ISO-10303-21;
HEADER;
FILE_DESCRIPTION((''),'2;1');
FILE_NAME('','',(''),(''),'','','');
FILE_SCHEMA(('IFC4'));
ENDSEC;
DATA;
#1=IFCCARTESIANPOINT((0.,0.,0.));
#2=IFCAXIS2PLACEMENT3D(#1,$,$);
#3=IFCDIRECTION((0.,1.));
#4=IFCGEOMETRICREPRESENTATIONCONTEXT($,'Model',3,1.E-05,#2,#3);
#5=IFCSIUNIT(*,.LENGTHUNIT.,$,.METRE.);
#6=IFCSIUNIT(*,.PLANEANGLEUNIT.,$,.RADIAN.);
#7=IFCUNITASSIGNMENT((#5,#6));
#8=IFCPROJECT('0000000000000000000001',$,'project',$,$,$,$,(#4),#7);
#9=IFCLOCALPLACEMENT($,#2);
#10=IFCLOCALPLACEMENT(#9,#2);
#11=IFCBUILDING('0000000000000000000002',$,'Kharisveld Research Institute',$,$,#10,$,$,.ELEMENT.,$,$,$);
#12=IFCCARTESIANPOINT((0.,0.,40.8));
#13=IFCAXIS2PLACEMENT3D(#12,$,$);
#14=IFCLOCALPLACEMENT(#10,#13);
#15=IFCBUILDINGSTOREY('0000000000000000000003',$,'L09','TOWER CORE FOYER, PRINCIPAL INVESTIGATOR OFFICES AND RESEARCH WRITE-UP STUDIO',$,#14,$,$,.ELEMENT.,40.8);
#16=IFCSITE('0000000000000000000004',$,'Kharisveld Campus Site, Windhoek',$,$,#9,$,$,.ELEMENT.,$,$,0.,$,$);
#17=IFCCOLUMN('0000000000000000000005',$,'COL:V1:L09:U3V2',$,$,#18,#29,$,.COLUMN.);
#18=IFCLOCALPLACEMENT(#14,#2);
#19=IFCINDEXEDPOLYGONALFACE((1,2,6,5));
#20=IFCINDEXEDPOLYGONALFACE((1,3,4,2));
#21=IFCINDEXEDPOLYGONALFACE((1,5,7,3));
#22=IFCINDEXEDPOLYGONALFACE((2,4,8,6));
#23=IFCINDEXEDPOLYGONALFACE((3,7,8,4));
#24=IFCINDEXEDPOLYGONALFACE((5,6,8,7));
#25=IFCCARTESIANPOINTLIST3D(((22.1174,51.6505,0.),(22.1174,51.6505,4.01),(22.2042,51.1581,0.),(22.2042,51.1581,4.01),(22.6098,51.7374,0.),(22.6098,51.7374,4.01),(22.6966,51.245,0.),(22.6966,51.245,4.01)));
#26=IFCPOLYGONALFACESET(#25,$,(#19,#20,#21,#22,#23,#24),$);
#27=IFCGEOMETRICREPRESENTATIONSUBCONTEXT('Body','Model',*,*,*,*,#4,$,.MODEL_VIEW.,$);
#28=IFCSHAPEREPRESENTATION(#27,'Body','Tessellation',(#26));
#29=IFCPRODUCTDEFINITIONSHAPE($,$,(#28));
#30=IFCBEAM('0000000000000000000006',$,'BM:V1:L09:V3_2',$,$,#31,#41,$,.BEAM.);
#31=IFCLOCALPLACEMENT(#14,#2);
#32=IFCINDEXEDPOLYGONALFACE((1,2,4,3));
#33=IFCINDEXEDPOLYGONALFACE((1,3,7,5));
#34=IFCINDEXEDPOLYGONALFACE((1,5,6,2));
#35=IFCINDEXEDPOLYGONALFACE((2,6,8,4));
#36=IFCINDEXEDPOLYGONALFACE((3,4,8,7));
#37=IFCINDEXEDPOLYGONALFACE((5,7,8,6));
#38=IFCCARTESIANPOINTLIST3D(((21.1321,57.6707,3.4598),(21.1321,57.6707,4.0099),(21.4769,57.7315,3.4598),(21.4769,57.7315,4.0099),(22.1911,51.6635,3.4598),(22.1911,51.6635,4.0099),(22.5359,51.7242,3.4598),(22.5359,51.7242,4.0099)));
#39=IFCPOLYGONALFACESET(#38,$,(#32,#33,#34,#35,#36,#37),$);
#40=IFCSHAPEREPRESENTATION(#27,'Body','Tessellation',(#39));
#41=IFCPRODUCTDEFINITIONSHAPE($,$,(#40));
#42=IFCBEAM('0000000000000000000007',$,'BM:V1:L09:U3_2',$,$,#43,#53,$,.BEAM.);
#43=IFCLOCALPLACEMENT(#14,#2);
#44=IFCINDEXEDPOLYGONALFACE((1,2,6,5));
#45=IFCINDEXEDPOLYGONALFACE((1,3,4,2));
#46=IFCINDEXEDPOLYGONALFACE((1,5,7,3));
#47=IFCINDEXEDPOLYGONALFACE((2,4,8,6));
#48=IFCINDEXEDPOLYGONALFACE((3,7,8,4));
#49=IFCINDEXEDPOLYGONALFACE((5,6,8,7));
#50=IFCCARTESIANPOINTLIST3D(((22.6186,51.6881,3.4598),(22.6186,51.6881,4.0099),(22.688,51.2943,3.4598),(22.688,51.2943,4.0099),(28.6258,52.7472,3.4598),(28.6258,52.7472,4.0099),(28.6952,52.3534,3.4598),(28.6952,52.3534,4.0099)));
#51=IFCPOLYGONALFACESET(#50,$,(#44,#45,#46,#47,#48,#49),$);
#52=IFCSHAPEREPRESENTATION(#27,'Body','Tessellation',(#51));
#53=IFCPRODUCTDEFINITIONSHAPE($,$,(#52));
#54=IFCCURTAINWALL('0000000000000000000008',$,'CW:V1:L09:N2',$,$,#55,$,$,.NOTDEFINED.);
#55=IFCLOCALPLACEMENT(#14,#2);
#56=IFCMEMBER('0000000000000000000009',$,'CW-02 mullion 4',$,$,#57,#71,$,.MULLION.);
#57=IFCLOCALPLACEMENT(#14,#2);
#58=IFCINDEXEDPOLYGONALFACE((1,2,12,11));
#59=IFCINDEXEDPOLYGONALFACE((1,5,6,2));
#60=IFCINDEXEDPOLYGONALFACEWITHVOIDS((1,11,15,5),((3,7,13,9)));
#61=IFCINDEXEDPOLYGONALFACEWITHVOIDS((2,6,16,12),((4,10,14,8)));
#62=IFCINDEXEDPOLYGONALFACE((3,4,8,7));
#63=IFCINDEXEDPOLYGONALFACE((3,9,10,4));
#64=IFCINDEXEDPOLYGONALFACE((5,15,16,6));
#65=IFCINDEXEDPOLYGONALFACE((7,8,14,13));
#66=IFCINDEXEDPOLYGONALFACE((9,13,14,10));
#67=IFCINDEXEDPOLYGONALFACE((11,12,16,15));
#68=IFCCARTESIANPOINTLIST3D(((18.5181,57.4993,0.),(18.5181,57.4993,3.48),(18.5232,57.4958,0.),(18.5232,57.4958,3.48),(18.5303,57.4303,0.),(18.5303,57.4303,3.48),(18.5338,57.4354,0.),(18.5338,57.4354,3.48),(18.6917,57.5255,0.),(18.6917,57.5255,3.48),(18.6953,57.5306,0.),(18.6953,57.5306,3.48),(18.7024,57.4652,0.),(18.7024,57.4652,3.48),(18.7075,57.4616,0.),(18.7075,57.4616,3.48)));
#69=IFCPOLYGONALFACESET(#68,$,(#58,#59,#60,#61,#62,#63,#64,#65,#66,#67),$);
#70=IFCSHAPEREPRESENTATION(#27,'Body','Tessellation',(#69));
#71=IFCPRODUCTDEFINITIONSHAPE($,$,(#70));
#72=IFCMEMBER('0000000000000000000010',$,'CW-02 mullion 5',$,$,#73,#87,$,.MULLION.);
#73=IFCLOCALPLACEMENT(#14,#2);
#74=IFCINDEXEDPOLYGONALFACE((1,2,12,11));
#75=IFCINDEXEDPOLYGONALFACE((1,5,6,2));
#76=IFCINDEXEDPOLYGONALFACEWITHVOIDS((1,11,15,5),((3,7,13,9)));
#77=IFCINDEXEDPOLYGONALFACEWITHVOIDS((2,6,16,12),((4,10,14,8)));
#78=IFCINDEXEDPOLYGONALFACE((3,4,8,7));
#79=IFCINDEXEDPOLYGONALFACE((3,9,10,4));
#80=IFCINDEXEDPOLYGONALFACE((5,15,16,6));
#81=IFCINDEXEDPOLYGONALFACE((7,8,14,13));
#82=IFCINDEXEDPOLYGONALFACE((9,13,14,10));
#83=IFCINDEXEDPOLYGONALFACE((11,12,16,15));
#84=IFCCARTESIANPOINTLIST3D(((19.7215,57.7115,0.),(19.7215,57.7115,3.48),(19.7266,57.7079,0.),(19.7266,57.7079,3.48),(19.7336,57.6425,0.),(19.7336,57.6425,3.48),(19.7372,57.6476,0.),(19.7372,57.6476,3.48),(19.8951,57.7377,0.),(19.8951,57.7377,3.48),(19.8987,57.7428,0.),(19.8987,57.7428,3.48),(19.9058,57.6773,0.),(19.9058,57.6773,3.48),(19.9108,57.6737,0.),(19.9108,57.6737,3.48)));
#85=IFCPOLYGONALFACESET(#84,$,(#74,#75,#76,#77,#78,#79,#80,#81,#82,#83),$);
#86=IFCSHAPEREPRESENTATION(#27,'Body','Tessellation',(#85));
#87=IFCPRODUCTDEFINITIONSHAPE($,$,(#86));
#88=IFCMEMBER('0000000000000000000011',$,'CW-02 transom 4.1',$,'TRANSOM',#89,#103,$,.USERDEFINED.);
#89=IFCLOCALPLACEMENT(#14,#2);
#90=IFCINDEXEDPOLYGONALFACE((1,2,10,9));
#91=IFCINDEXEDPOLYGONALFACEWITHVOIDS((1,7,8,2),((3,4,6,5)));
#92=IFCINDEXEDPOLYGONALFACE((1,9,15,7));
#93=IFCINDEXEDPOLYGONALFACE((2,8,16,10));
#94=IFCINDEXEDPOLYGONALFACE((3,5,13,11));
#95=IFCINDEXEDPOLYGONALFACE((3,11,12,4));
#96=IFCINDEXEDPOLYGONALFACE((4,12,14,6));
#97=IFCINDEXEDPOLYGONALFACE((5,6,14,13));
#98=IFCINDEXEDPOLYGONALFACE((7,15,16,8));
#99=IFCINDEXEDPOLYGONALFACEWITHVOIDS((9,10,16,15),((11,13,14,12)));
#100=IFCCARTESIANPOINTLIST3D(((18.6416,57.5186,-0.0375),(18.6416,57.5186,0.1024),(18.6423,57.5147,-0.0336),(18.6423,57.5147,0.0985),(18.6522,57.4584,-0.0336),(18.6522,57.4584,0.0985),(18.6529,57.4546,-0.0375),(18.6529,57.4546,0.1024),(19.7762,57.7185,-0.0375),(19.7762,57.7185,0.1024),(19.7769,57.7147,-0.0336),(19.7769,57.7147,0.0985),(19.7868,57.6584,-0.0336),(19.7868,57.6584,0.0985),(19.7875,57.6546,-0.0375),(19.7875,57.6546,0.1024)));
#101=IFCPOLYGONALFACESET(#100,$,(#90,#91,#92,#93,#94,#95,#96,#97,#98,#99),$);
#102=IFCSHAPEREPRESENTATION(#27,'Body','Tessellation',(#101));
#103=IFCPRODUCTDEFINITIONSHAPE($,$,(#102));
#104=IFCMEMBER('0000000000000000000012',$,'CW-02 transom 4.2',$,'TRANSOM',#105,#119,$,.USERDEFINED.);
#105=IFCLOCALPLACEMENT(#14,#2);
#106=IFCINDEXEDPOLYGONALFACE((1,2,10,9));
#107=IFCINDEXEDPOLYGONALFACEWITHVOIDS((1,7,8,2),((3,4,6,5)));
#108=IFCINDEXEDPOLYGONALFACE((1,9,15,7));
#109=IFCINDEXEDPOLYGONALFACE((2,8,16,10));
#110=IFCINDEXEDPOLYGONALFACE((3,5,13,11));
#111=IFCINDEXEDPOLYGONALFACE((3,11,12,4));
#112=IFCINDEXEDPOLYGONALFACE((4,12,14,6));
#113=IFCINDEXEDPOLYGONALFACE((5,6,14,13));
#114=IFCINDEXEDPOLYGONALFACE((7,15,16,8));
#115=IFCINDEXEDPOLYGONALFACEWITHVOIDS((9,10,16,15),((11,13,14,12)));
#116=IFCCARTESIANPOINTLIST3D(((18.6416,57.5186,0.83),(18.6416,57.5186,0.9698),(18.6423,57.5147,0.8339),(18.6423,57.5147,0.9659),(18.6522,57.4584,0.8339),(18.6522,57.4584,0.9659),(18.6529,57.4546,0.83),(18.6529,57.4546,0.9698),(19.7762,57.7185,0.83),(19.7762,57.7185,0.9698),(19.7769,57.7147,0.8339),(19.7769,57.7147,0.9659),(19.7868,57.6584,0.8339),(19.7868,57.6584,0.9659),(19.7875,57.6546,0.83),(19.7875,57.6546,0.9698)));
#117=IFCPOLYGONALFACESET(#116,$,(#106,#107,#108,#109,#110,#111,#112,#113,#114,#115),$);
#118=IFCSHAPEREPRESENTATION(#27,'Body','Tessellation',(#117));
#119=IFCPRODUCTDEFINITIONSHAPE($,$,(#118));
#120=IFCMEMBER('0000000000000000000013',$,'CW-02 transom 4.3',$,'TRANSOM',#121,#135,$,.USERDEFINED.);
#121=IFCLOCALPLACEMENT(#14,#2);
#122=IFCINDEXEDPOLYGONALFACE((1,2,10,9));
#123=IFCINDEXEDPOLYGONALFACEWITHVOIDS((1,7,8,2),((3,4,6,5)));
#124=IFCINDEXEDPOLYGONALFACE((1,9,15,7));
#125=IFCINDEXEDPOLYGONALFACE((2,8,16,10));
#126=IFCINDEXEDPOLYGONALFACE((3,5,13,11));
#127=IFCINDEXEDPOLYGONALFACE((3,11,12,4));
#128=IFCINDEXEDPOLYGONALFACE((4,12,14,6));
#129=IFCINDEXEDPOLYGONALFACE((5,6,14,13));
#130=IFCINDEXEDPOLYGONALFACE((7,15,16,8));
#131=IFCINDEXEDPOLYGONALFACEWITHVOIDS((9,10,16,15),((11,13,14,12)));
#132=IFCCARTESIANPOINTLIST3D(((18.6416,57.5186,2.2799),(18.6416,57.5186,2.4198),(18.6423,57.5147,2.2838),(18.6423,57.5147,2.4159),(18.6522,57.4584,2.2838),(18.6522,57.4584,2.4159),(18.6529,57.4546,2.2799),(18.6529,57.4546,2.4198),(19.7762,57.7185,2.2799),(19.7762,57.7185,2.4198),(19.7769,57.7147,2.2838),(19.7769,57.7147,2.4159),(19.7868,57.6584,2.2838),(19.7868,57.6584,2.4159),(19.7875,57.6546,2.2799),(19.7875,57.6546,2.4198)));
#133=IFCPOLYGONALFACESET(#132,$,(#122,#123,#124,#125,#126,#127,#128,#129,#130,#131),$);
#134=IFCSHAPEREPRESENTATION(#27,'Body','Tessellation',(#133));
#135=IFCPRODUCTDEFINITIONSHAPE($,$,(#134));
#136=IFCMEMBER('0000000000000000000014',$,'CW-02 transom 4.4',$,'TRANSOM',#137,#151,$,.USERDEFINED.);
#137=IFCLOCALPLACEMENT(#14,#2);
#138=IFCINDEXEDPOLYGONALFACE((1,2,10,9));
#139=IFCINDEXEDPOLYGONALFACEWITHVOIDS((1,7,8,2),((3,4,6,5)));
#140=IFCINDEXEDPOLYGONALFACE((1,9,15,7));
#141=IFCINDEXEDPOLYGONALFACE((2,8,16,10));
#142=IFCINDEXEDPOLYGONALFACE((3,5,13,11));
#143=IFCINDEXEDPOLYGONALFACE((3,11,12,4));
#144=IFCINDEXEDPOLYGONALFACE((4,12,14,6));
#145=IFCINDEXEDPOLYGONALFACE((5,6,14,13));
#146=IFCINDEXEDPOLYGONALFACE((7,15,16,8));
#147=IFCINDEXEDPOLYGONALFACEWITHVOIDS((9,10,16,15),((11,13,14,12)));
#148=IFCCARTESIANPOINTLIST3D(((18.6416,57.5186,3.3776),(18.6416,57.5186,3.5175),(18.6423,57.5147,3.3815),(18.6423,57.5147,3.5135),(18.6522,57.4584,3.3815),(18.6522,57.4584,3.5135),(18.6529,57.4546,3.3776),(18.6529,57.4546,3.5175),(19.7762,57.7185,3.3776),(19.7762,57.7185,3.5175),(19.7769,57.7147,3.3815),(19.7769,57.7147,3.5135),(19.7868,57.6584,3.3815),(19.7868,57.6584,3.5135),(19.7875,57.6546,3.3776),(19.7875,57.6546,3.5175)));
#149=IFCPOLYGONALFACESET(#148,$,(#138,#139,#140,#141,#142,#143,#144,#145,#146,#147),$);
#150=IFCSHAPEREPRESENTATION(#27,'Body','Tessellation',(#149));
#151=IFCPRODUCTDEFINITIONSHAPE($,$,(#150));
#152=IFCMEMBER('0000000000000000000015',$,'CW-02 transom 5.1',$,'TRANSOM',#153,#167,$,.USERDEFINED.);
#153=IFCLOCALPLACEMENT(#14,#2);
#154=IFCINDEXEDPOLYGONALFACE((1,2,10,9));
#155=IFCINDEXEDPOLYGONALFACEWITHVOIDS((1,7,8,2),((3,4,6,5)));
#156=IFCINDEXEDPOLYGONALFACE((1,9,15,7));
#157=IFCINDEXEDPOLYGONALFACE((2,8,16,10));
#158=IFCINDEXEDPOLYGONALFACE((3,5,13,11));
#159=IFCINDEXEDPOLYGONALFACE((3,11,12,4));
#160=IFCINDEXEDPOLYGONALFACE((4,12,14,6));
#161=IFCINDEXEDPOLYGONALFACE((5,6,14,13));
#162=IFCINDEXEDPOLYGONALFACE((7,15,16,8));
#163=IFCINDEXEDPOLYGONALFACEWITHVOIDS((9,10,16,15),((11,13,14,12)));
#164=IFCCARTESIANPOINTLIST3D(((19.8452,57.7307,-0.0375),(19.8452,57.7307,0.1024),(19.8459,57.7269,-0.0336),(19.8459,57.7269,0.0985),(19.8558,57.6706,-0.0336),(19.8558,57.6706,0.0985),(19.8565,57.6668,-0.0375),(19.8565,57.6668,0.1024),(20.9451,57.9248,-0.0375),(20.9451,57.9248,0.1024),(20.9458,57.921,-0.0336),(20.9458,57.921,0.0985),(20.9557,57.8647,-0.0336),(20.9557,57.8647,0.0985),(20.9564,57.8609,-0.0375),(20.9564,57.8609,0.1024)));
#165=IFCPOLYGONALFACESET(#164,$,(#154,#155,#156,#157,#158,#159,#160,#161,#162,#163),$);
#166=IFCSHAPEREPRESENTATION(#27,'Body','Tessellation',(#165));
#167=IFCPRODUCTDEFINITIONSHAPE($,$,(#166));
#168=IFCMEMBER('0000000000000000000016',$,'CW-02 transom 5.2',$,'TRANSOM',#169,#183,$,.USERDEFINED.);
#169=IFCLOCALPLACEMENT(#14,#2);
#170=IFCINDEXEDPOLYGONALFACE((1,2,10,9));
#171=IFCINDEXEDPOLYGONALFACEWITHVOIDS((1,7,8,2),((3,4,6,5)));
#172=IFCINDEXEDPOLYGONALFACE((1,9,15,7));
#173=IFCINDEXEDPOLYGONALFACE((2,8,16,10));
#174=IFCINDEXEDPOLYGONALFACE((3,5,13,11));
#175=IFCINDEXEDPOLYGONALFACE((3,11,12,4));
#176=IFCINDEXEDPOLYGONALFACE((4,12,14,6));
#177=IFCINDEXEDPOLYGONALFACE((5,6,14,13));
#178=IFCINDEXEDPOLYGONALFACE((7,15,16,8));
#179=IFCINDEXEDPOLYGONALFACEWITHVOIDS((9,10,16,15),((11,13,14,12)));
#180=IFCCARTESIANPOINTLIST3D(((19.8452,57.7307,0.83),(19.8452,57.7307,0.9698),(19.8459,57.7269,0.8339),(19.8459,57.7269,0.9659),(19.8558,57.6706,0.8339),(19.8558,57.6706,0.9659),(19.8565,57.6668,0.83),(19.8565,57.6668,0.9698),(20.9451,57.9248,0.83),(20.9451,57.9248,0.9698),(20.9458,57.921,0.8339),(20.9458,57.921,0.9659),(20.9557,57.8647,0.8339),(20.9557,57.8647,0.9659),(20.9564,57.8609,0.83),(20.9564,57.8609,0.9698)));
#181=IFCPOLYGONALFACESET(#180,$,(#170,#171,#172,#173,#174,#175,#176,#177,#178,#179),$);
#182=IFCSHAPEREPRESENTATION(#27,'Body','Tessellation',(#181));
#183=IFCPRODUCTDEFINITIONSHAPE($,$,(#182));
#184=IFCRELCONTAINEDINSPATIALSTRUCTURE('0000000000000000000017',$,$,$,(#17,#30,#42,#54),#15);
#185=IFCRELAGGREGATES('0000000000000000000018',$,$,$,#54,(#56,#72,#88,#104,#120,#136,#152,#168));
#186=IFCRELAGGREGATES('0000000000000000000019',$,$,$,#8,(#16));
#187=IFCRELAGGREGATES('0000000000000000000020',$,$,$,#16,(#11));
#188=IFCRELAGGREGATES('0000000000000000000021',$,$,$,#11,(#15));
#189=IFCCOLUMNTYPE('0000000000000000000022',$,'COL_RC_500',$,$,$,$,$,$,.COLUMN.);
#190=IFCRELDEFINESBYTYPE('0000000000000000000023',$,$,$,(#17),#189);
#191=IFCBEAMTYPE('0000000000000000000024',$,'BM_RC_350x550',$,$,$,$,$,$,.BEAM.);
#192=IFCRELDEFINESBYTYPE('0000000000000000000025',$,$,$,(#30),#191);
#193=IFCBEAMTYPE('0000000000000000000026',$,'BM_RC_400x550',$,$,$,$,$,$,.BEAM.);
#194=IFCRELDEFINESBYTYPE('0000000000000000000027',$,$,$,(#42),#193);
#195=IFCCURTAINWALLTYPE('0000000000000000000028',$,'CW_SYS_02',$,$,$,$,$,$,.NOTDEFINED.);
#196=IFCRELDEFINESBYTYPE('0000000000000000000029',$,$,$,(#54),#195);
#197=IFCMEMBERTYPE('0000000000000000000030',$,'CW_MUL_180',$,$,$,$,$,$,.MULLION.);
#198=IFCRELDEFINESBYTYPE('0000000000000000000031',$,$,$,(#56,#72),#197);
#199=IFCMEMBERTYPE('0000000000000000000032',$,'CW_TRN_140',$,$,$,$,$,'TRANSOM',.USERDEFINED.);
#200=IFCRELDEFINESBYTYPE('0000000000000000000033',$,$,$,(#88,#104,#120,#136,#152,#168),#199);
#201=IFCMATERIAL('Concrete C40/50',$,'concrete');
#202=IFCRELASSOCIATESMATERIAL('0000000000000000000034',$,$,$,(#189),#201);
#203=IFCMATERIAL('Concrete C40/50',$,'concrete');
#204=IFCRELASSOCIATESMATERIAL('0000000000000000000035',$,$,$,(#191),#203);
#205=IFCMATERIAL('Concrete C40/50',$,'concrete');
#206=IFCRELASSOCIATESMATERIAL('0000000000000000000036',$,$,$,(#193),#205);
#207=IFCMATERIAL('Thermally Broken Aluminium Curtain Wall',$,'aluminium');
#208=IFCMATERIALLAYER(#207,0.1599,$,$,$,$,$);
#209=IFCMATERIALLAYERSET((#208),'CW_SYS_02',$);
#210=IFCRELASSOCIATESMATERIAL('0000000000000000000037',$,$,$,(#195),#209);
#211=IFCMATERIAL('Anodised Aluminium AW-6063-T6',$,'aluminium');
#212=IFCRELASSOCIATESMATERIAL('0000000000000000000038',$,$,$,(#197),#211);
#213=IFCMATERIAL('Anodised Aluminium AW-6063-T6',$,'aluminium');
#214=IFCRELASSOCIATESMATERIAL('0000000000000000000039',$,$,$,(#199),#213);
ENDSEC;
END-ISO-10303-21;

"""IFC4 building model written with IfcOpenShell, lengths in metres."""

from ifc_helpers import new_model, si_unit, direction, frame, origin, origin_2d, place, context, subcontext, project, spatial, rectangle, hollow_rectangle, extrude, material, layer, layer_set, material_profile, profile_set, type_object, element, aggregate, save


model = new_model("IFC4")

# Units and contexts
model_context = context("Model", 3, precision=1e-05, world=origin(), true_north=direction((0.0, 1.0)))
body_context = subcontext(model_context, "Body", "Model", "MODEL_VIEW")
ifc_project = project(units=[si_unit("LENGTHUNIT", "METRE"), si_unit("PLANEANGLEUNIT", "RADIAN")], contexts=[model_context])

# Site, building, storey
site_placement = place(None, origin())
site = spatial("IfcSite", under=ifc_project, at=site_placement, Name="Kharisveld Campus Site, Windhoek", CompositionType="ELEMENT", RefElevation=0.0)
building_placement = place(site_placement, origin())
building = spatial("IfcBuilding", under=site, at=building_placement, Name="Kharisveld Research Institute", CompositionType="ELEMENT")
storey_placement = place(building_placement, frame((0.0, 0.0, 40.8)))
storey = spatial("IfcBuildingStorey", under=building, at=storey_placement, Name="L09", Description="TOWER CORE FOYER, PRINCIPAL INVESTIGATOR OFFICES AND RESEARCH WRITE-UP STUDIO", CompositionType="ELEMENT", Elevation=40.8)

# Column
ifc_material_1 = material(Name="Concrete C40/50", Category="concrete")
ifc_material_profile_1 = material_profile(ifc_material_1, rectangle(XDim=0.5, YDim=0.5, at=origin_2d()))
ifc_profile_set_1 = profile_set([ifc_material_profile_1], Name="Concrete C40/50")
column_type = type_object("IfcColumnType", Name="COL_RC_500", PredefinedType="COLUMN", material=ifc_profile_set_1)
column_placement = place(storey_placement, frame((22.407, 51.4478, 0.0), z_axis=(0.0, 0.0, 1.0), x_axis=(0.984808, 0.173648, 0.0)))
element("IfcColumn", 1, at=column_placement, inside=storey, type_object=column_type, Name="COL:V1:L09:U3V2", PredefinedType="COLUMN", context=body_context, shape_type="SweptSolid", body=[
    extrude(rectangle(XDim=0.5, YDim=0.5, at=origin_2d()), origin(), (0.0, 0.0, 1.0), 4.01),
])

# Beams
ifc_material_2 = material(Name="Concrete C40/50", Category="concrete")
ifc_material_profile_2 = material_profile(ifc_material_2, rectangle(XDim=0.3501, YDim=0.55, at=origin_2d()))
ifc_profile_set_2 = profile_set([ifc_material_profile_2], Name="Concrete C40/50")
beam_type_1 = type_object("IfcBeamType", Name="BM_RC_350x550", PredefinedType="BEAM", material=ifc_profile_set_2)
beam_1_placement = place(storey_placement, frame((22.3635, 51.6938, 3.7349), z_axis=(-0.173621, 0.984813, 0.0), x_axis=(-0.984813, -0.173621, 0.0)))
element("IfcBeam", 2, at=beam_1_placement, inside=storey, type_object=beam_type_1, Name="BM:V1:L09:V3_2", PredefinedType="BEAM", context=body_context, shape_type="SweptSolid", body=[
    extrude(rectangle(XDim=0.3501, YDim=0.55, at=origin_2d()), origin(), (0.0, 0.0, 1.0), 6.0999),
])
ifc_material_3 = material(Name="Concrete C40/50", Category="concrete")
ifc_material_profile_3 = material_profile(ifc_material_3, rectangle(XDim=0.3999, YDim=0.55, at=origin_2d()))
ifc_profile_set_3 = profile_set([ifc_material_profile_3], Name="Concrete C40/50")
beam_type_2 = type_object("IfcBeamType", Name="BM_RC_400x550", PredefinedType="BEAM", material=ifc_profile_set_3)
beam_2_placement = place(storey_placement, frame((22.6533, 51.4912, 3.7349), z_axis=(0.984813, 0.173621, 0.0), x_axis=(-0.173621, 0.984813, 0.0)))
element("IfcBeam", 3, at=beam_2_placement, inside=storey, type_object=beam_type_2, Name="BM:V1:L09:U3_2", PredefinedType="BEAM", context=body_context, shape_type="SweptSolid", body=[
    extrude(rectangle(XDim=0.3999, YDim=0.55, at=origin_2d()), origin(), (0.0, 0.0, 1.0), 6.0999),
])

# Curtain wall, members
ifc_material_4 = material(Name="Thermally Broken Aluminium Curtain Wall", Category="aluminium")
ifc_layer_1 = layer(ifc_material_4, 0.1599)
ifc_layer_set_1 = layer_set([ifc_layer_1], Name="CW_SYS_02")
curtain_wall_type = type_object("IfcCurtainWallType", Name="CW_SYS_02", PredefinedType="NOTDEFINED", material=ifc_layer_set_1)
curtain_wall_placement = place(storey_placement, origin())
curtain_wall = element("IfcCurtainWall", 4, at=curtain_wall_placement, inside=storey, type_object=curtain_wall_type, Name="CW:V1:L09:N2", PredefinedType="NOTDEFINED")
ifc_material_5 = material(Name="Anodised Aluminium AW-6063-T6", Category="aluminium")
ifc_material_profile_4 = material_profile(ifc_material_5, hollow_rectangle(XDim=0.0701, YDim=0.1799, WallThickness=0.0044, at=origin_2d()))
ifc_profile_set_4 = profile_set([ifc_material_profile_4], Name="Anodised Aluminium AW-6063-T6")
member_type_1 = type_object("IfcMemberType", Name="CW_MUL_180", PredefinedType="MULLION", material=ifc_profile_set_4)
member_1_placement = place(storey_placement, frame((18.6128, 57.4805, 0.0), z_axis=(0.0, 0.0, 1.0), x_axis=(-0.173648, 0.984808, 0.0)))
member_1 = element("IfcMember", 5, at=member_1_placement, type_object=member_type_1, Name="CW-02 mullion 4", PredefinedType="MULLION", context=body_context, shape_type="SweptSolid", body=[
    extrude(hollow_rectangle(XDim=0.0701, YDim=0.1799, WallThickness=0.0044, at=origin_2d()), origin(), (0.0, 0.0, 1.0), 3.48),
])
member_2_placement = place(storey_placement, frame((19.8162, 57.6926, 0.0), z_axis=(0.0, 0.0, 1.0), x_axis=(-0.173648, 0.984808, 0.0)))
member_2 = element("IfcMember", 6, at=member_2_placement, type_object=member_type_1, Name="CW-02 mullion 5", PredefinedType="MULLION", context=body_context, shape_type="SweptSolid", body=[
    extrude(hollow_rectangle(XDim=0.0701, YDim=0.1799, WallThickness=0.0044, at=origin_2d()), origin(), (0.0, 0.0, 1.0), 3.48),
])
ifc_material_6 = material(Name="Anodised Aluminium AW-6063-T6", Category="aluminium")
ifc_material_profile_5 = material_profile(ifc_material_6, hollow_rectangle(XDim=0.0649, YDim=0.1399, WallThickness=0.0039, at=origin_2d()))
ifc_profile_set_5 = profile_set([ifc_material_profile_5], Name="Anodised Aluminium AW-6063-T6")
member_type_2 = type_object("IfcMemberType", Name="CW_TRN_140", ElementType="TRANSOM", PredefinedType="USERDEFINED", material=ifc_profile_set_5)
member_3_placement = place(storey_placement, frame((18.6472, 57.4866, 0.0325), z_axis=(0.984822, 0.173568, 0.0), x_axis=(-0.173568, 0.984822, 0.0)))
member_3 = element("IfcMember", 7, at=member_3_placement, type_object=member_type_2, Name="CW-02 transom 4.1", ObjectType="TRANSOM", PredefinedType="USERDEFINED", context=body_context, shape_type="SweptSolid", body=[
    extrude(hollow_rectangle(XDim=0.0649, YDim=0.1399, WallThickness=0.0039, at=origin_2d()), origin(), (0.0, 0.0, 1.0), 1.1521),
])
member_4_placement = place(storey_placement, frame((18.6472, 57.4866, 0.8999), z_axis=(0.984822, 0.173568, 0.0), x_axis=(-0.173568, 0.984822, 0.0)))
member_4 = element("IfcMember", 8, at=member_4_placement, type_object=member_type_2, Name="CW-02 transom 4.2", ObjectType="TRANSOM", PredefinedType="USERDEFINED", context=body_context, shape_type="SweptSolid", body=[
    extrude(hollow_rectangle(XDim=0.0649, YDim=0.1399, WallThickness=0.0039, at=origin_2d()), origin(), (0.0, 0.0, 1.0), 1.1521),
])
member_5_placement = place(storey_placement, frame((18.6472, 57.4866, 2.3499), z_axis=(0.984822, 0.173568, 0.0), x_axis=(-0.173568, 0.984822, 0.0)))
member_5 = element("IfcMember", 9, at=member_5_placement, type_object=member_type_2, Name="CW-02 transom 4.3", ObjectType="TRANSOM", PredefinedType="USERDEFINED", context=body_context, shape_type="SweptSolid", body=[
    extrude(hollow_rectangle(XDim=0.0649, YDim=0.1399, WallThickness=0.0039, at=origin_2d()), origin(), (0.0, 0.0, 1.0), 1.1521),
])
member_6_placement = place(storey_placement, frame((18.6472, 57.4866, 3.4475), z_axis=(0.984822, 0.173568, 0.0), x_axis=(-0.173568, 0.984822, 0.0)))
member_6 = element("IfcMember", 10, at=member_6_placement, type_object=member_type_2, Name="CW-02 transom 4.4", ObjectType="TRANSOM", PredefinedType="USERDEFINED", context=body_context, shape_type="SweptSolid", body=[
    extrude(hollow_rectangle(XDim=0.0649, YDim=0.1399, WallThickness=0.0039, at=origin_2d()), origin(), (0.0, 0.0, 1.0), 1.1521),
])
member_7_placement = place(storey_placement, frame((19.8508, 57.6987, 0.0325), z_axis=(0.984784, 0.173785, 0.0), x_axis=(-0.173785, 0.984784, 0.0)))
member_7 = element("IfcMember", 11, at=member_7_placement, type_object=member_type_2, Name="CW-02 transom 5.1", ObjectType="TRANSOM", PredefinedType="USERDEFINED", context=body_context, shape_type="SweptSolid", body=[
    extrude(hollow_rectangle(XDim=0.0649, YDim=0.1399, WallThickness=0.0039, at=origin_2d()), origin(), (0.0, 0.0, 1.0), 1.1169),
])
member_8_placement = place(storey_placement, frame((19.8508, 57.6987, 0.8999), z_axis=(0.984784, 0.173785, 0.0), x_axis=(-0.173785, 0.984784, 0.0)))
member_8 = element("IfcMember", 12, at=member_8_placement, type_object=member_type_2, Name="CW-02 transom 5.2", ObjectType="TRANSOM", PredefinedType="USERDEFINED", context=body_context, shape_type="SweptSolid", body=[
    extrude(hollow_rectangle(XDim=0.0649, YDim=0.1399, WallThickness=0.0039, at=origin_2d()), origin(), (0.0, 0.0, 1.0), 1.1169),
])

aggregate(curtain_wall, [member_1, member_2, member_3, member_4, member_5, member_6, member_7, member_8])

save(model, "model.ifc")
